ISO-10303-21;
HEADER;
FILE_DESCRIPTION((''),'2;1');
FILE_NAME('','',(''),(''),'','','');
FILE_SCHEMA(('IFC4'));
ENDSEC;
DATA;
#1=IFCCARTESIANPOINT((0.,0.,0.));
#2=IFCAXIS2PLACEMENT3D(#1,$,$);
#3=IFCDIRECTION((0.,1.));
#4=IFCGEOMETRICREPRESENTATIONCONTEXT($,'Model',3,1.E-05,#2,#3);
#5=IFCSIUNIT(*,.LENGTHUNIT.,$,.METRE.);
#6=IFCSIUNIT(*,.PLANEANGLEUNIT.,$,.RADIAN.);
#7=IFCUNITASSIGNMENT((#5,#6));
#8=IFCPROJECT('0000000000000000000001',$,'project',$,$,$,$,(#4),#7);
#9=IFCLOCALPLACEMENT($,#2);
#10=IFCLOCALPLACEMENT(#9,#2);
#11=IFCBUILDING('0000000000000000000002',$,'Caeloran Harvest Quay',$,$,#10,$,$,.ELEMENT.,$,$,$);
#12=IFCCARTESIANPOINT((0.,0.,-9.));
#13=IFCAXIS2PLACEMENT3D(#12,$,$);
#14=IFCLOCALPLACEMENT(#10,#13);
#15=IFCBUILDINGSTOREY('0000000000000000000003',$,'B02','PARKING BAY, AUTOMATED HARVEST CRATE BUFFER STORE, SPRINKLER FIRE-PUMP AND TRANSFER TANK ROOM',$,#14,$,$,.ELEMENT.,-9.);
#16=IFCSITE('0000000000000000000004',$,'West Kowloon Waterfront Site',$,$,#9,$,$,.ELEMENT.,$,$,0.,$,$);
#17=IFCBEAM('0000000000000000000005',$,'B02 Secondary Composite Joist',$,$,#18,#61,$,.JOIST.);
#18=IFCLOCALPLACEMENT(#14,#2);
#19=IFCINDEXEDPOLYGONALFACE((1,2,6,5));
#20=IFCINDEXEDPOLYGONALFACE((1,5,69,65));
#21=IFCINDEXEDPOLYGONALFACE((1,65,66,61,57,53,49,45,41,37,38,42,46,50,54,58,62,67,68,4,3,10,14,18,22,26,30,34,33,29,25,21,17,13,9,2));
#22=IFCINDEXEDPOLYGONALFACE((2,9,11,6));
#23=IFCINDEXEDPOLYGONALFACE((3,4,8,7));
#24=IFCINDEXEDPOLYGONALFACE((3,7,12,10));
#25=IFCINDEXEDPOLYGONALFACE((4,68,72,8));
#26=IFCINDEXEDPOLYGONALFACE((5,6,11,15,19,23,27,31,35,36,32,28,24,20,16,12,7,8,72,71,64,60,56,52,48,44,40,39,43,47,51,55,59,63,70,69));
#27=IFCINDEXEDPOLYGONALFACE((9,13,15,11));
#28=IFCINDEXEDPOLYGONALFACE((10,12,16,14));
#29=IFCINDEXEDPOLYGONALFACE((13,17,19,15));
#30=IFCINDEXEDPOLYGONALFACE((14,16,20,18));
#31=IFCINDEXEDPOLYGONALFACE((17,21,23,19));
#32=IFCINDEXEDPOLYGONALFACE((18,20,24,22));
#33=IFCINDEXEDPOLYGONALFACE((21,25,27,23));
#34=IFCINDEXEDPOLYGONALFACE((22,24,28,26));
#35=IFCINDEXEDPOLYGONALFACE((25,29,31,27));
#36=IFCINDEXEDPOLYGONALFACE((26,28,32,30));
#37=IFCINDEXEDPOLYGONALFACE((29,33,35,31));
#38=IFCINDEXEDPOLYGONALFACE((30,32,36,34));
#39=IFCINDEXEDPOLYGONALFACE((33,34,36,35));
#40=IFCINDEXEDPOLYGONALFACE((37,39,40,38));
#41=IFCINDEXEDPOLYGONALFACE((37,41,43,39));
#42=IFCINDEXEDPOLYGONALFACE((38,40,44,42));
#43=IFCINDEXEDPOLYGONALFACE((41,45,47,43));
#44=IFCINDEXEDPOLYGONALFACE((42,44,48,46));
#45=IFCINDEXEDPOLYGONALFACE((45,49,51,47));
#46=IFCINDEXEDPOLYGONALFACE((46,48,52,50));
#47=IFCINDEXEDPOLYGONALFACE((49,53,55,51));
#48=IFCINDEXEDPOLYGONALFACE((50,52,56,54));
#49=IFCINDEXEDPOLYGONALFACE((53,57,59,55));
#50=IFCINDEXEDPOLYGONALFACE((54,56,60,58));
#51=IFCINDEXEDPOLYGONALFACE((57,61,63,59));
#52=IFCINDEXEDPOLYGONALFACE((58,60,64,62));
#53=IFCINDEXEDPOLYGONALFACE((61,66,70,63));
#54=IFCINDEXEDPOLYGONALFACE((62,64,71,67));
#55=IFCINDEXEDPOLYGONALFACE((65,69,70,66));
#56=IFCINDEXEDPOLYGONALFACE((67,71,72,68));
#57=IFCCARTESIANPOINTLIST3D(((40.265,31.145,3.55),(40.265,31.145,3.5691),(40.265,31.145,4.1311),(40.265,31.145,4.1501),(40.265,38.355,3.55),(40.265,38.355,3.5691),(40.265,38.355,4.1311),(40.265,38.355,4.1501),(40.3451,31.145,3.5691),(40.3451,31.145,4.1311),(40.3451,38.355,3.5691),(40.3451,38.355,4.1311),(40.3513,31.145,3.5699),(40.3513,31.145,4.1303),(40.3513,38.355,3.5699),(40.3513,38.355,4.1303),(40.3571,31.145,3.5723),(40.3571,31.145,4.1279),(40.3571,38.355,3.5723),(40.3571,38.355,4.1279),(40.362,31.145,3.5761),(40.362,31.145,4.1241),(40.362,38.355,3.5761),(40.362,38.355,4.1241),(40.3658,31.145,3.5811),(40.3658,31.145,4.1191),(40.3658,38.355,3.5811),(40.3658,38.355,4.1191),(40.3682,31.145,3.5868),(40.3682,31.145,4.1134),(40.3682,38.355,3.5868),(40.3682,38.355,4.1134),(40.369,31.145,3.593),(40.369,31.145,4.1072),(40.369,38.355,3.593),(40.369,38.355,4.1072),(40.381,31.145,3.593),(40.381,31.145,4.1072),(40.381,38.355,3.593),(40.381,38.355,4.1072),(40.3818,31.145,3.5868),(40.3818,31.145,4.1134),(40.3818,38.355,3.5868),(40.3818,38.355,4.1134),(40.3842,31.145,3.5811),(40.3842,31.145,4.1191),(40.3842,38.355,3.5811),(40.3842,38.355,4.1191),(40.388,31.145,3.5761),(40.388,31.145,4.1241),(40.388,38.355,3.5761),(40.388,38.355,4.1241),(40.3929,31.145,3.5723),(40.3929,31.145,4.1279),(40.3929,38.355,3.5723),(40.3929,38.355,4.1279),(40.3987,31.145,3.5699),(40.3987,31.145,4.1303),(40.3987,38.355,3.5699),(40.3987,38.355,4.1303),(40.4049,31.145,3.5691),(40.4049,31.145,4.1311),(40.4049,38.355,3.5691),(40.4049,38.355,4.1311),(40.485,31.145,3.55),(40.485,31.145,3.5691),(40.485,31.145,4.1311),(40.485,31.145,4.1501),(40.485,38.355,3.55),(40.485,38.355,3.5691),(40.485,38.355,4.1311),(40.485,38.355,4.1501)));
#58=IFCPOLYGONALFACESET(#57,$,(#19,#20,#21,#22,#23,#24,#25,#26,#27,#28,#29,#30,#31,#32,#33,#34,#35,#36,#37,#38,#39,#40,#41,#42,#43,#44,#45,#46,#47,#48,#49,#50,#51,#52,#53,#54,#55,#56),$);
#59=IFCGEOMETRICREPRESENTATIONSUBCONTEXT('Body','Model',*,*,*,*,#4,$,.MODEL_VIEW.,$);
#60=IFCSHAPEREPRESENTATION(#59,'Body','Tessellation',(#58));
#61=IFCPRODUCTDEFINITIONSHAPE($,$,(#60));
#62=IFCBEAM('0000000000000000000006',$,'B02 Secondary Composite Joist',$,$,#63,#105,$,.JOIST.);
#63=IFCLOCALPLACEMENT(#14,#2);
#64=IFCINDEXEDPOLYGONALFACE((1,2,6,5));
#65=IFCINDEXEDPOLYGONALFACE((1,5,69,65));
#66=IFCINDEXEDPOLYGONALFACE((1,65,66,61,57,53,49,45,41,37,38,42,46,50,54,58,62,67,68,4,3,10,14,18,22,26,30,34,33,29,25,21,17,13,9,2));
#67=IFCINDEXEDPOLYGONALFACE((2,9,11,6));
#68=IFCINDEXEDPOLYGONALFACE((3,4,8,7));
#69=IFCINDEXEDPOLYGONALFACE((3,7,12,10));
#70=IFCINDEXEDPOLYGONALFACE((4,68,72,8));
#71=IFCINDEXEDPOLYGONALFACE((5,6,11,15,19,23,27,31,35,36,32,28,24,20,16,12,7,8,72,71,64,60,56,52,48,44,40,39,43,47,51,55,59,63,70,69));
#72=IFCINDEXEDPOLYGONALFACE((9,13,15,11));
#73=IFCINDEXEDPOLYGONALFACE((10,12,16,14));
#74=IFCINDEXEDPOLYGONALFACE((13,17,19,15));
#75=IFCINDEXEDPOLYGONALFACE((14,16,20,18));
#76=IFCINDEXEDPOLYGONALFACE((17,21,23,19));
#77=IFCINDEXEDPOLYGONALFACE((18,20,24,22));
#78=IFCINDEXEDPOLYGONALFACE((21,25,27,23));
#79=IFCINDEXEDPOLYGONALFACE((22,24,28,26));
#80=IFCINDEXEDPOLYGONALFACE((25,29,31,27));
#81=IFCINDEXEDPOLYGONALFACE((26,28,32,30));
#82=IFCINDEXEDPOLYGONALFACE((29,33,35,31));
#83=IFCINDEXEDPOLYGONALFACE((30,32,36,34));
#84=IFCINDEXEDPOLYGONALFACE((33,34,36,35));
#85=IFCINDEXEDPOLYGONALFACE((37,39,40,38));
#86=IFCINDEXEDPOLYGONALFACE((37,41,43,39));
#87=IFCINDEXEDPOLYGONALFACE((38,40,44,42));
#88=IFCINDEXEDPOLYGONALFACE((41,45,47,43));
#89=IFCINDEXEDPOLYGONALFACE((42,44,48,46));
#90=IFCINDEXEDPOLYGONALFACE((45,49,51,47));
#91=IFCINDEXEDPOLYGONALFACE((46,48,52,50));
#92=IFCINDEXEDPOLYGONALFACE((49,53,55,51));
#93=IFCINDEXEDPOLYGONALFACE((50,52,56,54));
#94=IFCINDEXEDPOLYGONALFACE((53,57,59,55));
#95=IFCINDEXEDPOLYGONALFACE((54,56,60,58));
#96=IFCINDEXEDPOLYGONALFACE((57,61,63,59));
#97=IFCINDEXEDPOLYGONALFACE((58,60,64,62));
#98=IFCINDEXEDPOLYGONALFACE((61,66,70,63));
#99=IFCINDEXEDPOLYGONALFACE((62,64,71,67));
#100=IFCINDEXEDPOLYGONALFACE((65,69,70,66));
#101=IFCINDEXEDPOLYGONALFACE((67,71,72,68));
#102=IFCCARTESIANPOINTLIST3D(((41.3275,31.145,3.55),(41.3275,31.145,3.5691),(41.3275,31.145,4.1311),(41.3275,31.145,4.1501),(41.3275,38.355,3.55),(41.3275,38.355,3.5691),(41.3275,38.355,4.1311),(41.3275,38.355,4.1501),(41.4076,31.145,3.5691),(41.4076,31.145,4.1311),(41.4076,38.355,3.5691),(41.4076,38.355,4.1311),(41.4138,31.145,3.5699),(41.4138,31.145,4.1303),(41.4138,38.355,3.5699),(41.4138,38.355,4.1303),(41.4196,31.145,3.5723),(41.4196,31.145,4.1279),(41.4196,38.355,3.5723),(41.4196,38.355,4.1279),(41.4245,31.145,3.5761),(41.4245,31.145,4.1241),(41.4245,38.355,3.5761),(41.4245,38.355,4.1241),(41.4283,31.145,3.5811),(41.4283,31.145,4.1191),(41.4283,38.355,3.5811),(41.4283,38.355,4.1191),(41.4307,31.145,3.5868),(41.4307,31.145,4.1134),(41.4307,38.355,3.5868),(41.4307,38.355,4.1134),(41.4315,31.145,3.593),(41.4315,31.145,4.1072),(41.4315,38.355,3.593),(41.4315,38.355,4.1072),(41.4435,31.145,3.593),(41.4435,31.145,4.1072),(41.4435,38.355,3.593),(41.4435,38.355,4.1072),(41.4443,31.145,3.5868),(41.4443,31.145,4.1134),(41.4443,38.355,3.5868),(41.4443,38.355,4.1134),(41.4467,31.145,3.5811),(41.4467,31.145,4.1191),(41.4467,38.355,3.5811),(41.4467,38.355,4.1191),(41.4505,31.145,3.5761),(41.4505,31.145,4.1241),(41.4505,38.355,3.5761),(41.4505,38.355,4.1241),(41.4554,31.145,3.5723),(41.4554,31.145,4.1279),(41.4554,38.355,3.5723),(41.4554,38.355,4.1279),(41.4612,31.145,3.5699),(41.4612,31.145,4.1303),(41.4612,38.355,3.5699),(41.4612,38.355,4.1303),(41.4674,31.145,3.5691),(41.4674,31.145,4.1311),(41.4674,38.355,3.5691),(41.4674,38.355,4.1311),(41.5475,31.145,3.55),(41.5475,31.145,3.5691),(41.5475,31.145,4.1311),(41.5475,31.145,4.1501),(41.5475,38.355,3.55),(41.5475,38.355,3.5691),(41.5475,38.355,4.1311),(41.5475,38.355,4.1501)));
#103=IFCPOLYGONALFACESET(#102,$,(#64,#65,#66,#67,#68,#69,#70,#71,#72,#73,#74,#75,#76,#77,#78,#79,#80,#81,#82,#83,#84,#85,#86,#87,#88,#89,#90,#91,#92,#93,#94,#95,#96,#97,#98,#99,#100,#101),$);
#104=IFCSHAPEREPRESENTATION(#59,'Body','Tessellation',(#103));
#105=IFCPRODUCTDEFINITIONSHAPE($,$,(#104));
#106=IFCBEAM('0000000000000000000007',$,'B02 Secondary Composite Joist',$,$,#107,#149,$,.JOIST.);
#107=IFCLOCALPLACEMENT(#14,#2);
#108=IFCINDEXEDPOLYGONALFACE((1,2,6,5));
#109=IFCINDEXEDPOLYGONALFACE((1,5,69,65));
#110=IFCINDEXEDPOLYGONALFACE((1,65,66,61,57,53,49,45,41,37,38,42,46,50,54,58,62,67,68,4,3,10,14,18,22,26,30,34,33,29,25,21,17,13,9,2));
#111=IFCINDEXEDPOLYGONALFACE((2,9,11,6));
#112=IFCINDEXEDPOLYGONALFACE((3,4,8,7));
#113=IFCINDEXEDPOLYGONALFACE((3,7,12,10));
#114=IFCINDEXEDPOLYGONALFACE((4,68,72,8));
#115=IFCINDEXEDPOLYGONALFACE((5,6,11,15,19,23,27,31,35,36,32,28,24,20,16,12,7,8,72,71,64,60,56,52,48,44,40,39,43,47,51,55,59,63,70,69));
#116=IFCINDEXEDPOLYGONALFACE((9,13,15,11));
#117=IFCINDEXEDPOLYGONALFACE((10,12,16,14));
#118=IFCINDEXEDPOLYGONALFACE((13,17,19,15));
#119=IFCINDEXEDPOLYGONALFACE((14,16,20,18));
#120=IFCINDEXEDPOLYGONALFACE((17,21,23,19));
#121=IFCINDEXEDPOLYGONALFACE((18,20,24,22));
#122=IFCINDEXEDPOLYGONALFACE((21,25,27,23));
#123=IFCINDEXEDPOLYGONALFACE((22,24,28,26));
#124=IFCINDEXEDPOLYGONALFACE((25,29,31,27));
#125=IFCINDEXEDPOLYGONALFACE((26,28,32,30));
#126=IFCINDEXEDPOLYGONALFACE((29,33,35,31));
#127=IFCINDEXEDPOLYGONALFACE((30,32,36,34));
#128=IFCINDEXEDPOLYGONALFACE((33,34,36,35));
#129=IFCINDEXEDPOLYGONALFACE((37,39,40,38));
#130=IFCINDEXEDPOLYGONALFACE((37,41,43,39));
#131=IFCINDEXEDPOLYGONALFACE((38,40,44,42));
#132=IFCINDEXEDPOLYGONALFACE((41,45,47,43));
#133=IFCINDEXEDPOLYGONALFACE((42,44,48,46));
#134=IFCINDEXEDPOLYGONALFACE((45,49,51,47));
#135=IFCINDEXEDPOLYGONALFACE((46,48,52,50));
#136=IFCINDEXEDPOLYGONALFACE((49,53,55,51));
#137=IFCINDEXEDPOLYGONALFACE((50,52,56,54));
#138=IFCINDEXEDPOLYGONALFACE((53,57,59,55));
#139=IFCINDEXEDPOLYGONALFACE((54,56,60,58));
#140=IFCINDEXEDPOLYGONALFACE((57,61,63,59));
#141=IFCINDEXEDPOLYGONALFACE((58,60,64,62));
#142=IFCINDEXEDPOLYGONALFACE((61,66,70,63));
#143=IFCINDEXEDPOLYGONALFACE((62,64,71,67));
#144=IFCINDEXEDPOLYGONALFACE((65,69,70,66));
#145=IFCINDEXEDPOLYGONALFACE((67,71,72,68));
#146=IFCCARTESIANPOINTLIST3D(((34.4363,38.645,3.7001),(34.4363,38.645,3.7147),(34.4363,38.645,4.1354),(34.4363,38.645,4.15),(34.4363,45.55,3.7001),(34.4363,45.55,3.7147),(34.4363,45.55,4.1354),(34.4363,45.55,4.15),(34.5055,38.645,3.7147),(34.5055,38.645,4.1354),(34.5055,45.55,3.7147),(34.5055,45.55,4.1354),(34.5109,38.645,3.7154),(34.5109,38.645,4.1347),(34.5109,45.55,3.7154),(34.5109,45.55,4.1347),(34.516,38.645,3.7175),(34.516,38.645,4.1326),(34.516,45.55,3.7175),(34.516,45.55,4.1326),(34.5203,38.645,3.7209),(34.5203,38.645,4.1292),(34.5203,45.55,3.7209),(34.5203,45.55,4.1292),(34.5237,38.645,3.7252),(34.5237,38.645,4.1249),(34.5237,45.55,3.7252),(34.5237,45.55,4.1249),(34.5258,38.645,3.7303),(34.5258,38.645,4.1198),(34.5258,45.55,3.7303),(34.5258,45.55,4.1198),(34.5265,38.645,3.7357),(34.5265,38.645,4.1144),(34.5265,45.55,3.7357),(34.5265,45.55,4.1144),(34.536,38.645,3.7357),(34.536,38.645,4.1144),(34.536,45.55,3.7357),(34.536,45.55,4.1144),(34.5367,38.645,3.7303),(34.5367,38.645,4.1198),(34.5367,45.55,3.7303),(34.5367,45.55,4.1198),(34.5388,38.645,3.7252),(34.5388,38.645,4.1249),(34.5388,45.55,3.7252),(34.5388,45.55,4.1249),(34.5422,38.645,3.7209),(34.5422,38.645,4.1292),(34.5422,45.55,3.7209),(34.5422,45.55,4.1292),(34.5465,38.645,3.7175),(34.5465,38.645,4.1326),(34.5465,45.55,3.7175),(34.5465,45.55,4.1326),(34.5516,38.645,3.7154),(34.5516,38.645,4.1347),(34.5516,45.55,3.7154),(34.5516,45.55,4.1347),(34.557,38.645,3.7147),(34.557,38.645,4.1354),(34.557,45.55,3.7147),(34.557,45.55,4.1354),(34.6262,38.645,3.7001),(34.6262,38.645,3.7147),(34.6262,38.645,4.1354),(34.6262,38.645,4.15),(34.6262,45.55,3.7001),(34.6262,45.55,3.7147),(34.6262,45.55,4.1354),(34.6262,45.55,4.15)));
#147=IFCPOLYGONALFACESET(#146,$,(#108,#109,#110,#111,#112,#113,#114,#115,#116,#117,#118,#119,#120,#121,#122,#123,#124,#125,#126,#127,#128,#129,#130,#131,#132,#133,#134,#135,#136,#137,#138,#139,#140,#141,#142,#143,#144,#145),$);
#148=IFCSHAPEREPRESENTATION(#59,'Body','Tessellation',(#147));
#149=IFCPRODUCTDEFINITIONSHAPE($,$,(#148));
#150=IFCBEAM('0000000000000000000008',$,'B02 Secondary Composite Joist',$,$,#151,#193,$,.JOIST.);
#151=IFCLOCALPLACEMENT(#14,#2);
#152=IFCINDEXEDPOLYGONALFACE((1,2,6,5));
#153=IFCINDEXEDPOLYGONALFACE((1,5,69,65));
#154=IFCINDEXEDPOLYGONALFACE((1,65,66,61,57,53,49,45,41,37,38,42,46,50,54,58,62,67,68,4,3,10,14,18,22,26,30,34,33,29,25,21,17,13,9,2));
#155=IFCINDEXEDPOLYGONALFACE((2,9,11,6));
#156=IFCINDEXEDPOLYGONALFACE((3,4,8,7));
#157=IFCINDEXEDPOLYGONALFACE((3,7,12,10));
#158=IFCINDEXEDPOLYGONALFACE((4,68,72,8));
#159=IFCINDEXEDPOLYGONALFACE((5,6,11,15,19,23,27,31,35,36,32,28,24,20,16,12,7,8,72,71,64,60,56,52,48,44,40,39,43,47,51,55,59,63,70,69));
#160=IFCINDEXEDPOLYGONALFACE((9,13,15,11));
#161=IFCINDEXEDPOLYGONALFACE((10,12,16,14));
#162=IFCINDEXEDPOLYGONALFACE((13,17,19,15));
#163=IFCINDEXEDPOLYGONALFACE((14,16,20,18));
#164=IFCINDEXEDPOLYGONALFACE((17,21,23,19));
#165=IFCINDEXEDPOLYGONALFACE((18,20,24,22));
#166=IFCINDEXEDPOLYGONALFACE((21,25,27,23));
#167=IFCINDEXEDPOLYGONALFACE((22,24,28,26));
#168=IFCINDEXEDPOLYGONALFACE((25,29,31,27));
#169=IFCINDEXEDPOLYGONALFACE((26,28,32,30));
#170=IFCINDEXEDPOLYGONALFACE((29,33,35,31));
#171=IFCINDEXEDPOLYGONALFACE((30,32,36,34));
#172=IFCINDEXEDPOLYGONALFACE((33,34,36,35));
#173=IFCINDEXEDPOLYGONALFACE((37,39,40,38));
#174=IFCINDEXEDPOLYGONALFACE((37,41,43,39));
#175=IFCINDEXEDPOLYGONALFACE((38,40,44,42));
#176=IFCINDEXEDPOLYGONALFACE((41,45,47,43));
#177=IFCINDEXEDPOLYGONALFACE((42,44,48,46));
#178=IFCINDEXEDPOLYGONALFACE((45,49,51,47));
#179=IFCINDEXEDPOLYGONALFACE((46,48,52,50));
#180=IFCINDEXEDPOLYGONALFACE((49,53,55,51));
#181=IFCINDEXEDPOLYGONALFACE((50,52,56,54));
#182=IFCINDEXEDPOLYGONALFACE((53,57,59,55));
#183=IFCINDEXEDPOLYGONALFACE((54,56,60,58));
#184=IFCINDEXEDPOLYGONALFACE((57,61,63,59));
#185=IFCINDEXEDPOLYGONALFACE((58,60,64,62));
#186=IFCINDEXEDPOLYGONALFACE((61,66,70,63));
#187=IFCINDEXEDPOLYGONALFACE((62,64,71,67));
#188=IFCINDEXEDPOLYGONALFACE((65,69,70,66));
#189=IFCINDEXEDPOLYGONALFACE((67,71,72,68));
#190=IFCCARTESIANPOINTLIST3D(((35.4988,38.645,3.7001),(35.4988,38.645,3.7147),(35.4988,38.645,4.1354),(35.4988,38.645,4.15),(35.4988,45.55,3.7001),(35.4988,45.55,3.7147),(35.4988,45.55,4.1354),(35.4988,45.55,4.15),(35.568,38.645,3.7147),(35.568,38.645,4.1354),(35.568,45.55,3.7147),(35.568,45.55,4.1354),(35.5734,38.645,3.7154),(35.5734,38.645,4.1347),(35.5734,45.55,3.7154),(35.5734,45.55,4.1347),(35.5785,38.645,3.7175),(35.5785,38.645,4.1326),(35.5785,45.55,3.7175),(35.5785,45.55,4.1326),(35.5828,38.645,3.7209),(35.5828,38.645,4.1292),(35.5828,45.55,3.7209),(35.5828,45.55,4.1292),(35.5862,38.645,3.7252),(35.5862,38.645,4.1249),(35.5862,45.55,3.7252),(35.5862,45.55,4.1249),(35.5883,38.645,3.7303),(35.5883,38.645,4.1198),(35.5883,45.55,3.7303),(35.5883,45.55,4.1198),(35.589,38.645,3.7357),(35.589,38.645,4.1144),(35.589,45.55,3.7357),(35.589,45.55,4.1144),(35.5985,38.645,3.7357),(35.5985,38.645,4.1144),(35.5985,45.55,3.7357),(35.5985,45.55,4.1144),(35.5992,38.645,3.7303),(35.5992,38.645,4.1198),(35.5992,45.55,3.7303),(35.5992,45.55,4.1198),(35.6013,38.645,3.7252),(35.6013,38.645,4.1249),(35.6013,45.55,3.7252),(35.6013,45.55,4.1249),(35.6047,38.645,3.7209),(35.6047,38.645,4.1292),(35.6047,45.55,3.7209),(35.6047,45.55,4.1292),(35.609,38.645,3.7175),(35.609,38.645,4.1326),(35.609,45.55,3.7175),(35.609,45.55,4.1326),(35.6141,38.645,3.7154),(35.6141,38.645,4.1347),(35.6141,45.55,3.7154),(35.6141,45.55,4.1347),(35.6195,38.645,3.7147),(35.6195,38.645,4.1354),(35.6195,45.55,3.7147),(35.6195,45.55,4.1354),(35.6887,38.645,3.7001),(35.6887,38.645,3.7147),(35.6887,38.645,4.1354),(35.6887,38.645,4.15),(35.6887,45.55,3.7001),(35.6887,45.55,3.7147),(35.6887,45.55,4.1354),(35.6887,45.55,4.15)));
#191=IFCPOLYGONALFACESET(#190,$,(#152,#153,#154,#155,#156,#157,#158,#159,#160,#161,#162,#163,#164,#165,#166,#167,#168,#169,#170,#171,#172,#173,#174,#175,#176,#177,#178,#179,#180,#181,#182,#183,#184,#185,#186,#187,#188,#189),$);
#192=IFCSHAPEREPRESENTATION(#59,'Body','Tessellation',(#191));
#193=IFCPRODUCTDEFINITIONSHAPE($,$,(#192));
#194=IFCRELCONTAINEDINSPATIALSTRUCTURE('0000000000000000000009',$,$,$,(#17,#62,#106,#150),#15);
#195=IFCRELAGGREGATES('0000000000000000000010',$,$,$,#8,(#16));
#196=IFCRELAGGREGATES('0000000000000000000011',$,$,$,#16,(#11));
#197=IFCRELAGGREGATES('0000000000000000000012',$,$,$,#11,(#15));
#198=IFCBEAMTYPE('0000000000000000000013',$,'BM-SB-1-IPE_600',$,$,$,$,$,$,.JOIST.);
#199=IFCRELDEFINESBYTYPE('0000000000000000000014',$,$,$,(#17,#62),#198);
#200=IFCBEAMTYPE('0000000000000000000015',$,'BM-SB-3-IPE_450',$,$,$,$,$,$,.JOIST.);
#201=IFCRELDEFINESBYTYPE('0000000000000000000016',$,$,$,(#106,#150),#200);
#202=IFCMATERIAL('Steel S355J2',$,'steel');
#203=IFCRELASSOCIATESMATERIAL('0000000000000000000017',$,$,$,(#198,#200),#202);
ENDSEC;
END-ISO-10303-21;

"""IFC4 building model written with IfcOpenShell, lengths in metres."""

from ifc_helpers import new_model, si_unit, direction, frame, origin, origin_2d, place, context, subcontext, project, spatial, i_section, extrude, material, material_profile, profile_set, type_object, element, save


model = new_model("IFC4")

# Units and contexts
model_context = context("Model", 3, precision=1e-05, world=origin(), true_north=direction((0.0, 1.0)))
body_context = subcontext(model_context, "Body", "Model", "MODEL_VIEW")
ifc_project = project(units=[si_unit("LENGTHUNIT", "METRE"), si_unit("PLANEANGLEUNIT", "RADIAN")], contexts=[model_context])

# Site, building, storey
site_placement = place(None, origin())
site = spatial("IfcSite", under=ifc_project, at=site_placement, Name="West Kowloon Waterfront Site", CompositionType="ELEMENT", RefElevation=0.0)
building_placement = place(site_placement, origin())
building = spatial("IfcBuilding", under=site, at=building_placement, Name="Caeloran Harvest Quay", CompositionType="ELEMENT")
storey_placement = place(building_placement, frame((0.0, 0.0, -9.0)))
storey = spatial("IfcBuildingStorey", under=building, at=storey_placement, Name="B02", Description="PARKING BAY, AUTOMATED HARVEST CRATE BUFFER STORE, SPRINKLER FIRE-PUMP AND TRANSFER TANK ROOM", CompositionType="ELEMENT", Elevation=-9.0)

# Beams
ifc_material = material(Name="Steel S355J2", Category="steel")
ifc_material_profile_1 = material_profile(ifc_material, i_section(OverallWidth=0.22, OverallDepth=0.6001, WebThickness=0.012, FlangeThickness=0.019, FilletRadius=0.0239, at=origin_2d()), Name="IPE 600")
ifc_profile_set_1 = profile_set([ifc_material_profile_1], Name="Steel S355J2")
beam_type_1 = type_object("IfcBeamType", Name="BM-SB-1-IPE_600", PredefinedType="JOIST", material=ifc_profile_set_1)
for number, where, z_axis, x_axis, name in (
    (1, (40.375, 31.145, 3.8501), (0.0, 1.0, 0.0), (-1.0, 0.0, 0.0), "B02 Secondary Composite Joist"),
    (2, (41.4375, 31.145, 3.8501), (0.0, 1.0, 0.0), (-1.0, 0.0, 0.0), "B02 Secondary Composite Joist"),
):
    element("IfcBeam", number, at=place(storey_placement, frame(where, z_axis=z_axis, x_axis=x_axis)), inside=storey, type_object=beam_type_1, Name=name, PredefinedType="JOIST", context=body_context, shape_type="SweptSolid", body=[
        extrude(i_section(OverallWidth=0.22, OverallDepth=0.6001, WebThickness=0.012, FlangeThickness=0.019, FilletRadius=0.0239, at=origin_2d()), origin(), (0.0, 0.0, 1.0), 7.21),
    ])
ifc_material_profile_2 = material_profile(ifc_material, i_section(OverallWidth=0.1899, OverallDepth=0.45, WebThickness=0.0095, FlangeThickness=0.0146, FilletRadius=0.021, at=origin_2d()), Name="IPE 450")
ifc_profile_set_2 = profile_set([ifc_material_profile_2], Name="Steel S355J2")
beam_type_2 = type_object("IfcBeamType", Name="BM-SB-3-IPE_450", PredefinedType="JOIST", material=ifc_profile_set_2)
for number, where, z_axis, x_axis, name in (
    (3, (34.5312, 38.645, 3.925), (0.0, 1.0, 0.0), (-1.0, 0.0, 0.0), "B02 Secondary Composite Joist"),
    (4, (35.5938, 38.645, 3.925), (0.0, 1.0, 0.0), (-1.0, 0.0, 0.0), "B02 Secondary Composite Joist"),
):
    element("IfcBeam", number, at=place(storey_placement, frame(where, z_axis=z_axis, x_axis=x_axis)), inside=storey, type_object=beam_type_2, Name=name, PredefinedType="JOIST", context=body_context, shape_type="SweptSolid", body=[
        extrude(i_section(OverallWidth=0.1899, OverallDepth=0.45, WebThickness=0.0095, FlangeThickness=0.0146, FilletRadius=0.021, at=origin_2d()), origin(), (0.0, 0.0, 1.0), 6.905),
    ])

save(model, "model.ifc")
